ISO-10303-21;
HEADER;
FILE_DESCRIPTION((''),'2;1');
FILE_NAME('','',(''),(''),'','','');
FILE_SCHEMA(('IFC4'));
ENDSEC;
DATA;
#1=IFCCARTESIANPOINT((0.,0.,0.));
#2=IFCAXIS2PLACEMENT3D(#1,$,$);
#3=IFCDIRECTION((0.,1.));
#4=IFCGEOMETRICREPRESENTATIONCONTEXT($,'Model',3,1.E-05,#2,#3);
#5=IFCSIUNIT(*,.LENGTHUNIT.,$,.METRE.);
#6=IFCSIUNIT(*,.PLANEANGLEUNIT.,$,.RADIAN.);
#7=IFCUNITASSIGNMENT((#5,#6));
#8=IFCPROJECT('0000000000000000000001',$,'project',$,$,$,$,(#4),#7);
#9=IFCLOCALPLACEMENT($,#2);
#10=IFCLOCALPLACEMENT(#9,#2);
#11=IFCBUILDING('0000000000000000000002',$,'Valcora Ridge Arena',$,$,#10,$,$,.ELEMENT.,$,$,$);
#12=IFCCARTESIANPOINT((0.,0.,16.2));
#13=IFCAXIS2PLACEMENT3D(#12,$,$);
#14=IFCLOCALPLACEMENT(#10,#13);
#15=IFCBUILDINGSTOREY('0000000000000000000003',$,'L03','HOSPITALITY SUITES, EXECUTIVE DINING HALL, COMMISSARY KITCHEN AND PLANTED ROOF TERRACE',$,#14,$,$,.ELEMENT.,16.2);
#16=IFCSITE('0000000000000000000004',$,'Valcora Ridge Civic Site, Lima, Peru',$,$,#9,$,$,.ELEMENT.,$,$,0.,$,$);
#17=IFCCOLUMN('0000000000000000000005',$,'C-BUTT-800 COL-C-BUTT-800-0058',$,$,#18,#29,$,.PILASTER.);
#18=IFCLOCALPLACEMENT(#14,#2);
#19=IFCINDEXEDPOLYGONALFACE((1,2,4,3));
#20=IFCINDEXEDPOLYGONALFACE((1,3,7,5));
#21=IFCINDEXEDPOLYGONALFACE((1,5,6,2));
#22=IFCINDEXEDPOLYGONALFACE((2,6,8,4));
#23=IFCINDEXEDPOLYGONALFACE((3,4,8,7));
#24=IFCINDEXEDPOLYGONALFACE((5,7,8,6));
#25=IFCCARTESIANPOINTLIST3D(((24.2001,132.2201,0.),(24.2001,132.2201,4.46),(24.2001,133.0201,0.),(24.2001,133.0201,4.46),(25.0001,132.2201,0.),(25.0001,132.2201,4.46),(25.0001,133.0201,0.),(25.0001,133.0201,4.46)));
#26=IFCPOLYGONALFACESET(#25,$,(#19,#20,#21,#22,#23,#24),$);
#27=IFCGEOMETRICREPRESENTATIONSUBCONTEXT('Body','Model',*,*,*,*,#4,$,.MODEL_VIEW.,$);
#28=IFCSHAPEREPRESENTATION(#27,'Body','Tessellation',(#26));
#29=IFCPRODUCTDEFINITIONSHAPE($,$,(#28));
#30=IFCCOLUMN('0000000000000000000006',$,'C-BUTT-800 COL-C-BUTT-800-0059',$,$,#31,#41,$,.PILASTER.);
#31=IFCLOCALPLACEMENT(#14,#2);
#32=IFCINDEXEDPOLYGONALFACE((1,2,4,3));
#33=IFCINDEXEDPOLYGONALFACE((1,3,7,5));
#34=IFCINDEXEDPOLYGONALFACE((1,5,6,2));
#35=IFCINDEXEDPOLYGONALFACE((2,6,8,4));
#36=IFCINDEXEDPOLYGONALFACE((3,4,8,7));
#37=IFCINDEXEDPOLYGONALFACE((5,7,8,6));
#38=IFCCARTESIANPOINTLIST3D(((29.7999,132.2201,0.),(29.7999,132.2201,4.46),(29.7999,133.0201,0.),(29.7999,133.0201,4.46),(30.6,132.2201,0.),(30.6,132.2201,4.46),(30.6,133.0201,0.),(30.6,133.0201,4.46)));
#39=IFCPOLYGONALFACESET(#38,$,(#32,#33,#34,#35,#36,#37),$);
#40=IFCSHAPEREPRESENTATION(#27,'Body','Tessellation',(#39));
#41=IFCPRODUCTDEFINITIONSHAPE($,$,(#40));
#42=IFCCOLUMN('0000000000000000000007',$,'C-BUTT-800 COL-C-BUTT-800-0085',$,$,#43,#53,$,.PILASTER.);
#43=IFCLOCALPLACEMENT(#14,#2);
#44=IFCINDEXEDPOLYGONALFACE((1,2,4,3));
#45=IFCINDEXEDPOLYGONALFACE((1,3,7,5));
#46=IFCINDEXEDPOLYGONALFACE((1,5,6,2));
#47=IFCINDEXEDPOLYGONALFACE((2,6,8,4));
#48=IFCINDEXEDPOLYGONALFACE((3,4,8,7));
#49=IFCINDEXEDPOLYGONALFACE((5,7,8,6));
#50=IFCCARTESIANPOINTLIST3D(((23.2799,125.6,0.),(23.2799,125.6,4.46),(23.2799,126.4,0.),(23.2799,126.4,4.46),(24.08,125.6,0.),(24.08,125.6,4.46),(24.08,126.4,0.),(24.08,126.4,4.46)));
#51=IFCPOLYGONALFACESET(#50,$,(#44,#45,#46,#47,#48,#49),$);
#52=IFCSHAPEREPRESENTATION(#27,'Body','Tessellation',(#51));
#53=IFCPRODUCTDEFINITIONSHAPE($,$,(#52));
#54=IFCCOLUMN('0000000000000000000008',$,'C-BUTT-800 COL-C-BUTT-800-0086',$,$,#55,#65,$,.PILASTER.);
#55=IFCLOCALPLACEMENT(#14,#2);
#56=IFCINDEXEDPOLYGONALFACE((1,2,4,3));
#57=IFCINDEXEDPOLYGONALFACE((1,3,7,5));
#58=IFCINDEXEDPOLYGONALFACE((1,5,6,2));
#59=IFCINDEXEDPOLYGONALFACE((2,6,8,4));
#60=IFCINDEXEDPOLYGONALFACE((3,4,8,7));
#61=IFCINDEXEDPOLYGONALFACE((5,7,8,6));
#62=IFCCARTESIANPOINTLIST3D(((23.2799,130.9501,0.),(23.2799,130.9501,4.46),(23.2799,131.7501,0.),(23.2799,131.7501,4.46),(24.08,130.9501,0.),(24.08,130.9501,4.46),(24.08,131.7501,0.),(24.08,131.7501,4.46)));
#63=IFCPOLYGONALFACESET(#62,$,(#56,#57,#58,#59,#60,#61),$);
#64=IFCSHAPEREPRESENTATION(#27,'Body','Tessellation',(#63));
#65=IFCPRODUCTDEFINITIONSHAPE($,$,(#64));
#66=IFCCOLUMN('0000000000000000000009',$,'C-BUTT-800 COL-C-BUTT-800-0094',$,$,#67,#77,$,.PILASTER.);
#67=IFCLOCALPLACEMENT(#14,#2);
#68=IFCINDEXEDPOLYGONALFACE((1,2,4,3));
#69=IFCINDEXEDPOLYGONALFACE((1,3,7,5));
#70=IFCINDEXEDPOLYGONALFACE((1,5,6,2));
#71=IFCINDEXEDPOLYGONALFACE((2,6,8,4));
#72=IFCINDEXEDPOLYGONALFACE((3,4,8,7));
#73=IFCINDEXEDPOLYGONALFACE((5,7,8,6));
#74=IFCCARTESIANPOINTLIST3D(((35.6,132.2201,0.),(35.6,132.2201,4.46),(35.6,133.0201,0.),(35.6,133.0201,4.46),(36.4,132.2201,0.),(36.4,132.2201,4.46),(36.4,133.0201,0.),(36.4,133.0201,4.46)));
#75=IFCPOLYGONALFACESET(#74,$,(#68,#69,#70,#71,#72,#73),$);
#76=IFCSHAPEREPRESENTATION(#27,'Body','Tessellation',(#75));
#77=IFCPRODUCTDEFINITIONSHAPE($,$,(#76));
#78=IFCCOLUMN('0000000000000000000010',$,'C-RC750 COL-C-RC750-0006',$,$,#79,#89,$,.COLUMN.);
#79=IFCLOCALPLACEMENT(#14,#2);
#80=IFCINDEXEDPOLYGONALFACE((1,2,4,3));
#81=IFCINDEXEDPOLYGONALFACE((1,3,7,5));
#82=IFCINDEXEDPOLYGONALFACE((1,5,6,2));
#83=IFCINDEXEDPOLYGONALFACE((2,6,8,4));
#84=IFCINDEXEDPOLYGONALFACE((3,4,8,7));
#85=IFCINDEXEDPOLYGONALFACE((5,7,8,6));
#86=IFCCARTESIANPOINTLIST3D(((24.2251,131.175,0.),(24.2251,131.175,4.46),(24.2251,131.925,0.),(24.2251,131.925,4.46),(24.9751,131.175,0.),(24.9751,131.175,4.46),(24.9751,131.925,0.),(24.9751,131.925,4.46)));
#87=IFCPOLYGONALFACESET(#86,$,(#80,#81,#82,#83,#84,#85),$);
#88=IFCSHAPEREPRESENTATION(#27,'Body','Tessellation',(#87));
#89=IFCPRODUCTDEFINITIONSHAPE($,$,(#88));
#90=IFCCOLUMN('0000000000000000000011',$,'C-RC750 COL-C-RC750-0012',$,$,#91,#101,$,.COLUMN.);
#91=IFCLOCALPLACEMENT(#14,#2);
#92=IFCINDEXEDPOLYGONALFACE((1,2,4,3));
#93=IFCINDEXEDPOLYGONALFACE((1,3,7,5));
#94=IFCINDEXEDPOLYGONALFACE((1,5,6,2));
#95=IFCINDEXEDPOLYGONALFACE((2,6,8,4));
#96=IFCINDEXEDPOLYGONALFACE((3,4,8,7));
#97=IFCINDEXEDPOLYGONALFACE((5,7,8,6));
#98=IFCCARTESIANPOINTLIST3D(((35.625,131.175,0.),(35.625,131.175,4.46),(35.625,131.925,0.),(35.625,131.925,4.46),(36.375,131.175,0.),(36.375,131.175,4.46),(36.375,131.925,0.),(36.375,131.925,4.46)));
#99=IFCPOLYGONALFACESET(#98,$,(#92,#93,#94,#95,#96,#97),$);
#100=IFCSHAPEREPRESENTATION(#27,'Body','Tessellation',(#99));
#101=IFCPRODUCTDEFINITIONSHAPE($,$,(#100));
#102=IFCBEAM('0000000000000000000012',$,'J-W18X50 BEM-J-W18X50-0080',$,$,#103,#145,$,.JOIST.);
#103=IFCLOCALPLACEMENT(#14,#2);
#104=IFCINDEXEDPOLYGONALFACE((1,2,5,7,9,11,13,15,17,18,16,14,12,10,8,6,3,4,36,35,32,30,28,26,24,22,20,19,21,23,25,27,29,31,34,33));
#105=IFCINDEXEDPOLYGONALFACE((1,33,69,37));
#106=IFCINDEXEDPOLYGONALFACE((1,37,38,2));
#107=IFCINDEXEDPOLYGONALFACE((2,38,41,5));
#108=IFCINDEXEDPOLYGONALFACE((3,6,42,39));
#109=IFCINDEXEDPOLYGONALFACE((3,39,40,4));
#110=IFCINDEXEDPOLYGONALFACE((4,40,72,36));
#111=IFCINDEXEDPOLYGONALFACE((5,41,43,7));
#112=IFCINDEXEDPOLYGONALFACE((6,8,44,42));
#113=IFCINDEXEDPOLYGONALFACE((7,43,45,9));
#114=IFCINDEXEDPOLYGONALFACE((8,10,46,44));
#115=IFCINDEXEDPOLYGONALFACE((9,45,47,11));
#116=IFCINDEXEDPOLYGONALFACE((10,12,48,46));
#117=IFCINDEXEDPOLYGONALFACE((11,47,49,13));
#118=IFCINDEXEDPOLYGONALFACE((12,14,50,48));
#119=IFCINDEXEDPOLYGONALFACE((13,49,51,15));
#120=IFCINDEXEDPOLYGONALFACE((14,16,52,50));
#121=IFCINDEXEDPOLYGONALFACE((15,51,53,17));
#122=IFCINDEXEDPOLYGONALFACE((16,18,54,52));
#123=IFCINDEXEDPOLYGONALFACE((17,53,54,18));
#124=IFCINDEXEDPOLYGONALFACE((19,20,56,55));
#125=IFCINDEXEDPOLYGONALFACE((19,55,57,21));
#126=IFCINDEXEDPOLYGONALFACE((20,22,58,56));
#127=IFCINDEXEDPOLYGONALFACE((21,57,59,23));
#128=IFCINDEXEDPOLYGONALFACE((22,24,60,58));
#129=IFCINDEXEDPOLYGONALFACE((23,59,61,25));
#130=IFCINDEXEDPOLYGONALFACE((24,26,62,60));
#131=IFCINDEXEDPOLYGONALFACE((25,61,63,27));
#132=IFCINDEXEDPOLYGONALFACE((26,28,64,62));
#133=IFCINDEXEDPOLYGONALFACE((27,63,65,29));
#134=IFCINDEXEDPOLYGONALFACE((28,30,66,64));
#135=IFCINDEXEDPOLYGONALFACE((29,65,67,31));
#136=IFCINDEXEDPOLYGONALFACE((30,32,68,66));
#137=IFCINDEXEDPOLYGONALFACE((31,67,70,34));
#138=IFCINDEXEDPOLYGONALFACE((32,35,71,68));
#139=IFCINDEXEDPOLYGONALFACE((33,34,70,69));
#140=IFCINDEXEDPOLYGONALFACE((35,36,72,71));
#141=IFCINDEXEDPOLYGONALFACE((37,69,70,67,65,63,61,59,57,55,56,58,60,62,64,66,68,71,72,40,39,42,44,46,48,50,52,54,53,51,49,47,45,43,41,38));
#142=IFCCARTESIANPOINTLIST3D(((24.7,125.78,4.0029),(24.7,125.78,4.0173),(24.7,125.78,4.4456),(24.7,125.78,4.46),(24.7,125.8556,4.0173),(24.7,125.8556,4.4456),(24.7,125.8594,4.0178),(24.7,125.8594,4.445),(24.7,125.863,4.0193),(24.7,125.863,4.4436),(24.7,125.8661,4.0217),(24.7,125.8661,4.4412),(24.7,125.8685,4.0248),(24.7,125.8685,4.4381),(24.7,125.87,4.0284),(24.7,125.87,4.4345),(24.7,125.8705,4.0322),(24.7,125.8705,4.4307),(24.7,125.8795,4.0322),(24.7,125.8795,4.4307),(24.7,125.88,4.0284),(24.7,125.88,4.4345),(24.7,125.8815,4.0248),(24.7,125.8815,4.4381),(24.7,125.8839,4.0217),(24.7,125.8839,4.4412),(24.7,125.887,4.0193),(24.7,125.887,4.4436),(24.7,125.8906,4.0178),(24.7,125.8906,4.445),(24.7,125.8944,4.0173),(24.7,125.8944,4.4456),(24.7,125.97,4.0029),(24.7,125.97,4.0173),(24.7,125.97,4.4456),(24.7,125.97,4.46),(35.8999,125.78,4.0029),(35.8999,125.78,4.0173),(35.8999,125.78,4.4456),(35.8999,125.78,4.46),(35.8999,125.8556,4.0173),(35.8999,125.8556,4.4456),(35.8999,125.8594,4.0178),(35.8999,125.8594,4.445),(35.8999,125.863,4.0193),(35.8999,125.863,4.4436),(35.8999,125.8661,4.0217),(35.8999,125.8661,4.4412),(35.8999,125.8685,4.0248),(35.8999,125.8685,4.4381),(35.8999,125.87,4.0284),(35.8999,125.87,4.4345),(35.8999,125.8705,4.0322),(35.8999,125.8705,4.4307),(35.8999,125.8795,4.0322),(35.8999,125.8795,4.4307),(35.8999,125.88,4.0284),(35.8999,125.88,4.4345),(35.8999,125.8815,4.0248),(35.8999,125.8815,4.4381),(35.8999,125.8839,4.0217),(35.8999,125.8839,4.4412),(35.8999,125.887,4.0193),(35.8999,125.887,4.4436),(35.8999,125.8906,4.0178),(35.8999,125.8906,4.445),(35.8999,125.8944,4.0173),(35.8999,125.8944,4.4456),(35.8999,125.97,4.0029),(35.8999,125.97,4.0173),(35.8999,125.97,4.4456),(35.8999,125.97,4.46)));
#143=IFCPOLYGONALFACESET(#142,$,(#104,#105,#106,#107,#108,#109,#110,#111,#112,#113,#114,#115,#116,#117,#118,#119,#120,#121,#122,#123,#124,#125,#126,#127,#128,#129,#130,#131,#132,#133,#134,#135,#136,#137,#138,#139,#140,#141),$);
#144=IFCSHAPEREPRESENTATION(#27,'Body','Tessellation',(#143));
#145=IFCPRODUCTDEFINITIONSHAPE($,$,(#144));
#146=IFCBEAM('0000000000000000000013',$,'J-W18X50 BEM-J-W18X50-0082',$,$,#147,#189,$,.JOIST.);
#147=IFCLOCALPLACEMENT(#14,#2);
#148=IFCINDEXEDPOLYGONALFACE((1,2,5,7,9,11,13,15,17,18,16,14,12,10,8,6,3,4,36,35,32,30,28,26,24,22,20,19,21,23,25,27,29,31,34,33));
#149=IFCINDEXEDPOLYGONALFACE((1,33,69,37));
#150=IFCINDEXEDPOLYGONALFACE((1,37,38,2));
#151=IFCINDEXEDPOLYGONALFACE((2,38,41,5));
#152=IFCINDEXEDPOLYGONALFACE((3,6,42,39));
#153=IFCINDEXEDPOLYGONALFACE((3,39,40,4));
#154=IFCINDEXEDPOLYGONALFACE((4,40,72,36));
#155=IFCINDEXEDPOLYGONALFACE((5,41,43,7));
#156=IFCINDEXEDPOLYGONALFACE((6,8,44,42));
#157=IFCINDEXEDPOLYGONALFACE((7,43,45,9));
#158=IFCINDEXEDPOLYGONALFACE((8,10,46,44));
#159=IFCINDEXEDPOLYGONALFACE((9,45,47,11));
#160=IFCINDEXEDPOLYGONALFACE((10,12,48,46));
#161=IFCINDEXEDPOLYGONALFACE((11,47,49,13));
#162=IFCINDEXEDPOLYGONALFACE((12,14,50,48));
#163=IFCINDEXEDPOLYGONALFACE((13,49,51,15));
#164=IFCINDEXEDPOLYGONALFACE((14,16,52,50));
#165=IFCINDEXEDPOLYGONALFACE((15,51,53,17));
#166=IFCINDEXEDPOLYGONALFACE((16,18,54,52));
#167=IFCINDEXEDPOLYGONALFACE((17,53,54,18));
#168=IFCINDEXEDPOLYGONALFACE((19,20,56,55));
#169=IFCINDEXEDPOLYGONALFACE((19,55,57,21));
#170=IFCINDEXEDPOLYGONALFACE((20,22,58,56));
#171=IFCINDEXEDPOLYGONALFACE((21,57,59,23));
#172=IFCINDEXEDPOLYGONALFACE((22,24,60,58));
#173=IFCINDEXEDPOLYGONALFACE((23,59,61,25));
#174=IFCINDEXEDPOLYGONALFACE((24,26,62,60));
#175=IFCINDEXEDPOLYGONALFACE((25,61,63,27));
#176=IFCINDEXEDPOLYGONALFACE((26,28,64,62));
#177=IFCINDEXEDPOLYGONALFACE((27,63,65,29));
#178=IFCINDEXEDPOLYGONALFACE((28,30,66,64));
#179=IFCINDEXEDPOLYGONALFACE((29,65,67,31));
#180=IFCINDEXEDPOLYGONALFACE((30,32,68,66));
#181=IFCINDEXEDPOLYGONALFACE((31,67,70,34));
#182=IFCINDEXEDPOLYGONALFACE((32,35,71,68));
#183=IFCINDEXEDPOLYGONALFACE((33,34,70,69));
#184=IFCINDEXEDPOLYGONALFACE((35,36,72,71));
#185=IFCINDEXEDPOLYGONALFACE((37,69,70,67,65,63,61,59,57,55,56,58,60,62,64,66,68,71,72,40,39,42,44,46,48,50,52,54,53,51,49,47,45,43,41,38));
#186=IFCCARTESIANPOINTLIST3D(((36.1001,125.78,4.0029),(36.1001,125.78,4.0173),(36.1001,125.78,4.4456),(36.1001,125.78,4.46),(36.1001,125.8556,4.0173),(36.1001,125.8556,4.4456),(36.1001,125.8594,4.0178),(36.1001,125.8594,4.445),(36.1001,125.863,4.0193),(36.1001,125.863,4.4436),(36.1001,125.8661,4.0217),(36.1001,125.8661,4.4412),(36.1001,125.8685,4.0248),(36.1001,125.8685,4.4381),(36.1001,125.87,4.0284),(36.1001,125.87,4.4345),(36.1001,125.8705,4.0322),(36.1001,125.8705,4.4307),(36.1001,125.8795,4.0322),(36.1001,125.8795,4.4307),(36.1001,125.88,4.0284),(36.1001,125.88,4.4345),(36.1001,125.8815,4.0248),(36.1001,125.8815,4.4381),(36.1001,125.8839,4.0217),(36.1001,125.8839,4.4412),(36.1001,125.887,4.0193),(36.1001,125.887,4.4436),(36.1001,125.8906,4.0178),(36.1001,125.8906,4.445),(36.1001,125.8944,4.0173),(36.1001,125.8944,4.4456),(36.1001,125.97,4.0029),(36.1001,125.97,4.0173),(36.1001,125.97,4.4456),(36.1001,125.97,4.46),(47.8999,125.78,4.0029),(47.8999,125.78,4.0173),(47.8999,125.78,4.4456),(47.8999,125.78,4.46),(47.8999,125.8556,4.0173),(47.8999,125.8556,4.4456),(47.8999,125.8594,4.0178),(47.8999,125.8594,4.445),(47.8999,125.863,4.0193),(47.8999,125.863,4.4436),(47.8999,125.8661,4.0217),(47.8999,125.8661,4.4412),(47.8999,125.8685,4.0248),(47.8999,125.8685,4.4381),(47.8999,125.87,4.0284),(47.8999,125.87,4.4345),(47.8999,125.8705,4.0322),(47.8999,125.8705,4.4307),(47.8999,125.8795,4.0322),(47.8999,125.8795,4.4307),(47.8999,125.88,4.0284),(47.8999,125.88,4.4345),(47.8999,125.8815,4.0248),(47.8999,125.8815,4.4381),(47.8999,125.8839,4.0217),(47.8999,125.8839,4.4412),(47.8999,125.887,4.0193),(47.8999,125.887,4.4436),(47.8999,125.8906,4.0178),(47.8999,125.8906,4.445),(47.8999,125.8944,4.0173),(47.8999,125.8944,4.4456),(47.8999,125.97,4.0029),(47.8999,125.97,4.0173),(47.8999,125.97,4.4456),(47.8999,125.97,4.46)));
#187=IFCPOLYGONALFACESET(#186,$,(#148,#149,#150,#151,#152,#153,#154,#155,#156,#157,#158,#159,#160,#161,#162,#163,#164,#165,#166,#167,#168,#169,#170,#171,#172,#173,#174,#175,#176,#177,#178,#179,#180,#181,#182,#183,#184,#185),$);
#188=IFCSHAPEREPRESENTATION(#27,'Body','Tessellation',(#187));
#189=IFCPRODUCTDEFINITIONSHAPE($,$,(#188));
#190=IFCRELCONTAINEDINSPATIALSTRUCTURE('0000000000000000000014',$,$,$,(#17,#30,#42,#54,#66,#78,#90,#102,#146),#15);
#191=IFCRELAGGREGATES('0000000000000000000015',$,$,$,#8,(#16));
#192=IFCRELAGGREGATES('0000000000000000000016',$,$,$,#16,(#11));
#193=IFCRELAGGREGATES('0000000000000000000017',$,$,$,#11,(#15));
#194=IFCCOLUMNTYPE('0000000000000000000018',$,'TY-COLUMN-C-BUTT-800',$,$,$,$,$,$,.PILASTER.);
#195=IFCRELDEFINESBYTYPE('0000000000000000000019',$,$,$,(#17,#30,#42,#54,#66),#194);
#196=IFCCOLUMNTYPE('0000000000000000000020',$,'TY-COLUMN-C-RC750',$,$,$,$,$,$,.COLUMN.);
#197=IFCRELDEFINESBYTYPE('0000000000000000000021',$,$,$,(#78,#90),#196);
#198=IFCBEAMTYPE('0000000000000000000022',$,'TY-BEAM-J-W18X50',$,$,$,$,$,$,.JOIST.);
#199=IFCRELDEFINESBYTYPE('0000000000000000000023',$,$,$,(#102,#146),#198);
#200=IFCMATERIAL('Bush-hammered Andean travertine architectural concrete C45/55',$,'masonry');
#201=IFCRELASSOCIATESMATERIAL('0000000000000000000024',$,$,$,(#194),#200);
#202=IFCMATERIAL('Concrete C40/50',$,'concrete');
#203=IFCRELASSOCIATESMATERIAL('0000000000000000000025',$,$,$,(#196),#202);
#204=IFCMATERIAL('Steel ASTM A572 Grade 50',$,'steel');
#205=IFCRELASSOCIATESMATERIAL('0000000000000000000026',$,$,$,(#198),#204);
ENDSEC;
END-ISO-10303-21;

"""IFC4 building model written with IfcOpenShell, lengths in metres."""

from ifc_helpers import new_model, si_unit, direction, frame, origin, origin_2d, place, context, subcontext, project, spatial, rectangle, i_section, extrude, material, material_profile, profile_set, type_object, element, save


model = new_model("IFC4")

# Units and contexts
model_context = context("Model", 3, precision=1e-05, world=origin(), true_north=direction((0.0, 1.0)))
body_context = subcontext(model_context, "Body", "Model", "MODEL_VIEW")
ifc_project = project(units=[si_unit("LENGTHUNIT", "METRE"), si_unit("PLANEANGLEUNIT", "RADIAN")], contexts=[model_context])

# Site, building, storey
site_placement = place(None, origin())
site = spatial("IfcSite", under=ifc_project, at=site_placement, Name="Valcora Ridge Civic Site, Lima, Peru", CompositionType="ELEMENT", RefElevation=0.0)
building_placement = place(site_placement, origin())
building = spatial("IfcBuilding", under=site, at=building_placement, Name="Valcora Ridge Arena", CompositionType="ELEMENT")
storey_placement = place(building_placement, frame((0.0, 0.0, 16.2)))
storey = spatial("IfcBuildingStorey", under=building, at=storey_placement, Name="L03", Description="HOSPITALITY SUITES, EXECUTIVE DINING HALL, COMMISSARY KITCHEN AND PLANTED ROOF TERRACE", CompositionType="ELEMENT", Elevation=16.2)

# Columns
ifc_material_1 = material(Name="Bush-hammered Andean travertine architectural concrete C45/55", Category="masonry")
ifc_material_profile_1 = material_profile(ifc_material_1, rectangle(XDim=0.8, YDim=0.8, at=origin_2d()), Name="RC 800x800")
ifc_profile_set_1 = profile_set([ifc_material_profile_1], Name="Bush-hammered Andean travertine architectural concrete C45/55")
column_type_1 = type_object("IfcColumnType", Name="TY-COLUMN-C-BUTT-800", PredefinedType="PILASTER", material=ifc_profile_set_1)
for number, where, z_axis, x_axis, name in (
    (1, (24.6001, 132.6201, 0.0), (0.0, 0.0, 1.0), (1.0, 0.0, 0.0), "C-BUTT-800 COL-C-BUTT-800-0058"),
    (2, (30.2, 132.6201, 0.0), (0.0, 0.0, 1.0), (1.0, 0.0, 0.0), "C-BUTT-800 COL-C-BUTT-800-0059"),
    (3, (23.6799, 126.0, 0.0), (0.0, 0.0, 1.0), (1.0, 0.0, 0.0), "C-BUTT-800 COL-C-BUTT-800-0085"),
    (4, (23.6799, 131.3501, 0.0), (0.0, 0.0, 1.0), (1.0, 0.0, 0.0), "C-BUTT-800 COL-C-BUTT-800-0086"),
    (5, (36.0, 132.6201, 0.0), (0.0, 0.0, 1.0), (1.0, 0.0, 0.0), "C-BUTT-800 COL-C-BUTT-800-0094"),
):
    element("IfcColumn", number, at=place(storey_placement, frame(where, z_axis=z_axis, x_axis=x_axis)), inside=storey, type_object=column_type_1, Name=name, PredefinedType="PILASTER", context=body_context, shape_type="SweptSolid", body=[
        extrude(rectangle(XDim=0.8, YDim=0.8, at=origin_2d()), origin(), (0.0, 0.0, 1.0), 4.46),
    ])
ifc_material_2 = material(Name="Concrete C40/50", Category="concrete")
ifc_material_profile_2 = material_profile(ifc_material_2, rectangle(XDim=0.75, YDim=0.75, at=origin_2d()), Name="RC 750x750")
ifc_profile_set_2 = profile_set([ifc_material_profile_2], Name="Concrete C40/50")
column_type_2 = type_object("IfcColumnType", Name="TY-COLUMN-C-RC750", PredefinedType="COLUMN", material=ifc_profile_set_2)
for number, where, z_axis, x_axis, name in (
    (6, (24.6001, 131.55, 0.0), (0.0, 0.0, 1.0), (1.0, 0.0, 0.0), "C-RC750 COL-C-RC750-0006"),
    (7, (36.0, 131.55, 0.0), (0.0, 0.0, 1.0), (1.0, 0.0, 0.0), "C-RC750 COL-C-RC750-0012"),
):
    element("IfcColumn", number, at=place(storey_placement, frame(where, z_axis=z_axis, x_axis=x_axis)), inside=storey, type_object=column_type_2, Name=name, PredefinedType="COLUMN", context=body_context, shape_type="SweptSolid", body=[
        extrude(rectangle(XDim=0.75, YDim=0.75, at=origin_2d()), origin(), (0.0, 0.0, 1.0), 4.46),
    ])

# Beams
ifc_material_3 = material(Name="Steel ASTM A572 Grade 50", Category="steel")
ifc_material_profile_3 = material_profile(ifc_material_3, i_section(OverallWidth=0.1899, OverallDepth=0.457, WebThickness=0.009, FlangeThickness=0.0144, FilletRadius=0.0149, at=origin_2d()), Name="W18X50")
ifc_profile_set_3 = profile_set([ifc_material_profile_3], Name="Steel ASTM A572 Grade 50")
beam_type_1 = type_object("IfcBeamType", Name="TY-BEAM-J-W18X50", PredefinedType="JOIST", material=ifc_profile_set_3)
beam_1_placement = place(storey_placement, frame((24.7, 125.875, 4.2314), z_axis=(1.0, 0.0, 0.0), x_axis=(0.0, 1.0, 0.0)))
element("IfcBeam", 8, at=beam_1_placement, inside=storey, type_object=beam_type_1, Name="J-W18X50 BEM-J-W18X50-0080", PredefinedType="JOIST", context=body_context, shape_type="SweptSolid", body=[
    extrude(i_section(OverallWidth=0.1899, OverallDepth=0.457, WebThickness=0.009, FlangeThickness=0.0144, FilletRadius=0.0149, at=origin_2d()), origin(), (0.0, 0.0, 1.0), 11.2),
])
beam_2_placement = place(storey_placement, frame((36.1001, 125.875, 4.2314), z_axis=(1.0, 0.0, 0.0), x_axis=(0.0, 1.0, 0.0)))
element("IfcBeam", 9, at=beam_2_placement, inside=storey, type_object=beam_type_1, Name="J-W18X50 BEM-J-W18X50-0082", PredefinedType="JOIST", context=body_context, shape_type="SweptSolid", body=[
    extrude(i_section(OverallWidth=0.1899, OverallDepth=0.457, WebThickness=0.009, FlangeThickness=0.0144, FilletRadius=0.0149, at=origin_2d()), origin(), (0.0, 0.0, 1.0), 11.7998),
])

save(model, "model.ifc")
